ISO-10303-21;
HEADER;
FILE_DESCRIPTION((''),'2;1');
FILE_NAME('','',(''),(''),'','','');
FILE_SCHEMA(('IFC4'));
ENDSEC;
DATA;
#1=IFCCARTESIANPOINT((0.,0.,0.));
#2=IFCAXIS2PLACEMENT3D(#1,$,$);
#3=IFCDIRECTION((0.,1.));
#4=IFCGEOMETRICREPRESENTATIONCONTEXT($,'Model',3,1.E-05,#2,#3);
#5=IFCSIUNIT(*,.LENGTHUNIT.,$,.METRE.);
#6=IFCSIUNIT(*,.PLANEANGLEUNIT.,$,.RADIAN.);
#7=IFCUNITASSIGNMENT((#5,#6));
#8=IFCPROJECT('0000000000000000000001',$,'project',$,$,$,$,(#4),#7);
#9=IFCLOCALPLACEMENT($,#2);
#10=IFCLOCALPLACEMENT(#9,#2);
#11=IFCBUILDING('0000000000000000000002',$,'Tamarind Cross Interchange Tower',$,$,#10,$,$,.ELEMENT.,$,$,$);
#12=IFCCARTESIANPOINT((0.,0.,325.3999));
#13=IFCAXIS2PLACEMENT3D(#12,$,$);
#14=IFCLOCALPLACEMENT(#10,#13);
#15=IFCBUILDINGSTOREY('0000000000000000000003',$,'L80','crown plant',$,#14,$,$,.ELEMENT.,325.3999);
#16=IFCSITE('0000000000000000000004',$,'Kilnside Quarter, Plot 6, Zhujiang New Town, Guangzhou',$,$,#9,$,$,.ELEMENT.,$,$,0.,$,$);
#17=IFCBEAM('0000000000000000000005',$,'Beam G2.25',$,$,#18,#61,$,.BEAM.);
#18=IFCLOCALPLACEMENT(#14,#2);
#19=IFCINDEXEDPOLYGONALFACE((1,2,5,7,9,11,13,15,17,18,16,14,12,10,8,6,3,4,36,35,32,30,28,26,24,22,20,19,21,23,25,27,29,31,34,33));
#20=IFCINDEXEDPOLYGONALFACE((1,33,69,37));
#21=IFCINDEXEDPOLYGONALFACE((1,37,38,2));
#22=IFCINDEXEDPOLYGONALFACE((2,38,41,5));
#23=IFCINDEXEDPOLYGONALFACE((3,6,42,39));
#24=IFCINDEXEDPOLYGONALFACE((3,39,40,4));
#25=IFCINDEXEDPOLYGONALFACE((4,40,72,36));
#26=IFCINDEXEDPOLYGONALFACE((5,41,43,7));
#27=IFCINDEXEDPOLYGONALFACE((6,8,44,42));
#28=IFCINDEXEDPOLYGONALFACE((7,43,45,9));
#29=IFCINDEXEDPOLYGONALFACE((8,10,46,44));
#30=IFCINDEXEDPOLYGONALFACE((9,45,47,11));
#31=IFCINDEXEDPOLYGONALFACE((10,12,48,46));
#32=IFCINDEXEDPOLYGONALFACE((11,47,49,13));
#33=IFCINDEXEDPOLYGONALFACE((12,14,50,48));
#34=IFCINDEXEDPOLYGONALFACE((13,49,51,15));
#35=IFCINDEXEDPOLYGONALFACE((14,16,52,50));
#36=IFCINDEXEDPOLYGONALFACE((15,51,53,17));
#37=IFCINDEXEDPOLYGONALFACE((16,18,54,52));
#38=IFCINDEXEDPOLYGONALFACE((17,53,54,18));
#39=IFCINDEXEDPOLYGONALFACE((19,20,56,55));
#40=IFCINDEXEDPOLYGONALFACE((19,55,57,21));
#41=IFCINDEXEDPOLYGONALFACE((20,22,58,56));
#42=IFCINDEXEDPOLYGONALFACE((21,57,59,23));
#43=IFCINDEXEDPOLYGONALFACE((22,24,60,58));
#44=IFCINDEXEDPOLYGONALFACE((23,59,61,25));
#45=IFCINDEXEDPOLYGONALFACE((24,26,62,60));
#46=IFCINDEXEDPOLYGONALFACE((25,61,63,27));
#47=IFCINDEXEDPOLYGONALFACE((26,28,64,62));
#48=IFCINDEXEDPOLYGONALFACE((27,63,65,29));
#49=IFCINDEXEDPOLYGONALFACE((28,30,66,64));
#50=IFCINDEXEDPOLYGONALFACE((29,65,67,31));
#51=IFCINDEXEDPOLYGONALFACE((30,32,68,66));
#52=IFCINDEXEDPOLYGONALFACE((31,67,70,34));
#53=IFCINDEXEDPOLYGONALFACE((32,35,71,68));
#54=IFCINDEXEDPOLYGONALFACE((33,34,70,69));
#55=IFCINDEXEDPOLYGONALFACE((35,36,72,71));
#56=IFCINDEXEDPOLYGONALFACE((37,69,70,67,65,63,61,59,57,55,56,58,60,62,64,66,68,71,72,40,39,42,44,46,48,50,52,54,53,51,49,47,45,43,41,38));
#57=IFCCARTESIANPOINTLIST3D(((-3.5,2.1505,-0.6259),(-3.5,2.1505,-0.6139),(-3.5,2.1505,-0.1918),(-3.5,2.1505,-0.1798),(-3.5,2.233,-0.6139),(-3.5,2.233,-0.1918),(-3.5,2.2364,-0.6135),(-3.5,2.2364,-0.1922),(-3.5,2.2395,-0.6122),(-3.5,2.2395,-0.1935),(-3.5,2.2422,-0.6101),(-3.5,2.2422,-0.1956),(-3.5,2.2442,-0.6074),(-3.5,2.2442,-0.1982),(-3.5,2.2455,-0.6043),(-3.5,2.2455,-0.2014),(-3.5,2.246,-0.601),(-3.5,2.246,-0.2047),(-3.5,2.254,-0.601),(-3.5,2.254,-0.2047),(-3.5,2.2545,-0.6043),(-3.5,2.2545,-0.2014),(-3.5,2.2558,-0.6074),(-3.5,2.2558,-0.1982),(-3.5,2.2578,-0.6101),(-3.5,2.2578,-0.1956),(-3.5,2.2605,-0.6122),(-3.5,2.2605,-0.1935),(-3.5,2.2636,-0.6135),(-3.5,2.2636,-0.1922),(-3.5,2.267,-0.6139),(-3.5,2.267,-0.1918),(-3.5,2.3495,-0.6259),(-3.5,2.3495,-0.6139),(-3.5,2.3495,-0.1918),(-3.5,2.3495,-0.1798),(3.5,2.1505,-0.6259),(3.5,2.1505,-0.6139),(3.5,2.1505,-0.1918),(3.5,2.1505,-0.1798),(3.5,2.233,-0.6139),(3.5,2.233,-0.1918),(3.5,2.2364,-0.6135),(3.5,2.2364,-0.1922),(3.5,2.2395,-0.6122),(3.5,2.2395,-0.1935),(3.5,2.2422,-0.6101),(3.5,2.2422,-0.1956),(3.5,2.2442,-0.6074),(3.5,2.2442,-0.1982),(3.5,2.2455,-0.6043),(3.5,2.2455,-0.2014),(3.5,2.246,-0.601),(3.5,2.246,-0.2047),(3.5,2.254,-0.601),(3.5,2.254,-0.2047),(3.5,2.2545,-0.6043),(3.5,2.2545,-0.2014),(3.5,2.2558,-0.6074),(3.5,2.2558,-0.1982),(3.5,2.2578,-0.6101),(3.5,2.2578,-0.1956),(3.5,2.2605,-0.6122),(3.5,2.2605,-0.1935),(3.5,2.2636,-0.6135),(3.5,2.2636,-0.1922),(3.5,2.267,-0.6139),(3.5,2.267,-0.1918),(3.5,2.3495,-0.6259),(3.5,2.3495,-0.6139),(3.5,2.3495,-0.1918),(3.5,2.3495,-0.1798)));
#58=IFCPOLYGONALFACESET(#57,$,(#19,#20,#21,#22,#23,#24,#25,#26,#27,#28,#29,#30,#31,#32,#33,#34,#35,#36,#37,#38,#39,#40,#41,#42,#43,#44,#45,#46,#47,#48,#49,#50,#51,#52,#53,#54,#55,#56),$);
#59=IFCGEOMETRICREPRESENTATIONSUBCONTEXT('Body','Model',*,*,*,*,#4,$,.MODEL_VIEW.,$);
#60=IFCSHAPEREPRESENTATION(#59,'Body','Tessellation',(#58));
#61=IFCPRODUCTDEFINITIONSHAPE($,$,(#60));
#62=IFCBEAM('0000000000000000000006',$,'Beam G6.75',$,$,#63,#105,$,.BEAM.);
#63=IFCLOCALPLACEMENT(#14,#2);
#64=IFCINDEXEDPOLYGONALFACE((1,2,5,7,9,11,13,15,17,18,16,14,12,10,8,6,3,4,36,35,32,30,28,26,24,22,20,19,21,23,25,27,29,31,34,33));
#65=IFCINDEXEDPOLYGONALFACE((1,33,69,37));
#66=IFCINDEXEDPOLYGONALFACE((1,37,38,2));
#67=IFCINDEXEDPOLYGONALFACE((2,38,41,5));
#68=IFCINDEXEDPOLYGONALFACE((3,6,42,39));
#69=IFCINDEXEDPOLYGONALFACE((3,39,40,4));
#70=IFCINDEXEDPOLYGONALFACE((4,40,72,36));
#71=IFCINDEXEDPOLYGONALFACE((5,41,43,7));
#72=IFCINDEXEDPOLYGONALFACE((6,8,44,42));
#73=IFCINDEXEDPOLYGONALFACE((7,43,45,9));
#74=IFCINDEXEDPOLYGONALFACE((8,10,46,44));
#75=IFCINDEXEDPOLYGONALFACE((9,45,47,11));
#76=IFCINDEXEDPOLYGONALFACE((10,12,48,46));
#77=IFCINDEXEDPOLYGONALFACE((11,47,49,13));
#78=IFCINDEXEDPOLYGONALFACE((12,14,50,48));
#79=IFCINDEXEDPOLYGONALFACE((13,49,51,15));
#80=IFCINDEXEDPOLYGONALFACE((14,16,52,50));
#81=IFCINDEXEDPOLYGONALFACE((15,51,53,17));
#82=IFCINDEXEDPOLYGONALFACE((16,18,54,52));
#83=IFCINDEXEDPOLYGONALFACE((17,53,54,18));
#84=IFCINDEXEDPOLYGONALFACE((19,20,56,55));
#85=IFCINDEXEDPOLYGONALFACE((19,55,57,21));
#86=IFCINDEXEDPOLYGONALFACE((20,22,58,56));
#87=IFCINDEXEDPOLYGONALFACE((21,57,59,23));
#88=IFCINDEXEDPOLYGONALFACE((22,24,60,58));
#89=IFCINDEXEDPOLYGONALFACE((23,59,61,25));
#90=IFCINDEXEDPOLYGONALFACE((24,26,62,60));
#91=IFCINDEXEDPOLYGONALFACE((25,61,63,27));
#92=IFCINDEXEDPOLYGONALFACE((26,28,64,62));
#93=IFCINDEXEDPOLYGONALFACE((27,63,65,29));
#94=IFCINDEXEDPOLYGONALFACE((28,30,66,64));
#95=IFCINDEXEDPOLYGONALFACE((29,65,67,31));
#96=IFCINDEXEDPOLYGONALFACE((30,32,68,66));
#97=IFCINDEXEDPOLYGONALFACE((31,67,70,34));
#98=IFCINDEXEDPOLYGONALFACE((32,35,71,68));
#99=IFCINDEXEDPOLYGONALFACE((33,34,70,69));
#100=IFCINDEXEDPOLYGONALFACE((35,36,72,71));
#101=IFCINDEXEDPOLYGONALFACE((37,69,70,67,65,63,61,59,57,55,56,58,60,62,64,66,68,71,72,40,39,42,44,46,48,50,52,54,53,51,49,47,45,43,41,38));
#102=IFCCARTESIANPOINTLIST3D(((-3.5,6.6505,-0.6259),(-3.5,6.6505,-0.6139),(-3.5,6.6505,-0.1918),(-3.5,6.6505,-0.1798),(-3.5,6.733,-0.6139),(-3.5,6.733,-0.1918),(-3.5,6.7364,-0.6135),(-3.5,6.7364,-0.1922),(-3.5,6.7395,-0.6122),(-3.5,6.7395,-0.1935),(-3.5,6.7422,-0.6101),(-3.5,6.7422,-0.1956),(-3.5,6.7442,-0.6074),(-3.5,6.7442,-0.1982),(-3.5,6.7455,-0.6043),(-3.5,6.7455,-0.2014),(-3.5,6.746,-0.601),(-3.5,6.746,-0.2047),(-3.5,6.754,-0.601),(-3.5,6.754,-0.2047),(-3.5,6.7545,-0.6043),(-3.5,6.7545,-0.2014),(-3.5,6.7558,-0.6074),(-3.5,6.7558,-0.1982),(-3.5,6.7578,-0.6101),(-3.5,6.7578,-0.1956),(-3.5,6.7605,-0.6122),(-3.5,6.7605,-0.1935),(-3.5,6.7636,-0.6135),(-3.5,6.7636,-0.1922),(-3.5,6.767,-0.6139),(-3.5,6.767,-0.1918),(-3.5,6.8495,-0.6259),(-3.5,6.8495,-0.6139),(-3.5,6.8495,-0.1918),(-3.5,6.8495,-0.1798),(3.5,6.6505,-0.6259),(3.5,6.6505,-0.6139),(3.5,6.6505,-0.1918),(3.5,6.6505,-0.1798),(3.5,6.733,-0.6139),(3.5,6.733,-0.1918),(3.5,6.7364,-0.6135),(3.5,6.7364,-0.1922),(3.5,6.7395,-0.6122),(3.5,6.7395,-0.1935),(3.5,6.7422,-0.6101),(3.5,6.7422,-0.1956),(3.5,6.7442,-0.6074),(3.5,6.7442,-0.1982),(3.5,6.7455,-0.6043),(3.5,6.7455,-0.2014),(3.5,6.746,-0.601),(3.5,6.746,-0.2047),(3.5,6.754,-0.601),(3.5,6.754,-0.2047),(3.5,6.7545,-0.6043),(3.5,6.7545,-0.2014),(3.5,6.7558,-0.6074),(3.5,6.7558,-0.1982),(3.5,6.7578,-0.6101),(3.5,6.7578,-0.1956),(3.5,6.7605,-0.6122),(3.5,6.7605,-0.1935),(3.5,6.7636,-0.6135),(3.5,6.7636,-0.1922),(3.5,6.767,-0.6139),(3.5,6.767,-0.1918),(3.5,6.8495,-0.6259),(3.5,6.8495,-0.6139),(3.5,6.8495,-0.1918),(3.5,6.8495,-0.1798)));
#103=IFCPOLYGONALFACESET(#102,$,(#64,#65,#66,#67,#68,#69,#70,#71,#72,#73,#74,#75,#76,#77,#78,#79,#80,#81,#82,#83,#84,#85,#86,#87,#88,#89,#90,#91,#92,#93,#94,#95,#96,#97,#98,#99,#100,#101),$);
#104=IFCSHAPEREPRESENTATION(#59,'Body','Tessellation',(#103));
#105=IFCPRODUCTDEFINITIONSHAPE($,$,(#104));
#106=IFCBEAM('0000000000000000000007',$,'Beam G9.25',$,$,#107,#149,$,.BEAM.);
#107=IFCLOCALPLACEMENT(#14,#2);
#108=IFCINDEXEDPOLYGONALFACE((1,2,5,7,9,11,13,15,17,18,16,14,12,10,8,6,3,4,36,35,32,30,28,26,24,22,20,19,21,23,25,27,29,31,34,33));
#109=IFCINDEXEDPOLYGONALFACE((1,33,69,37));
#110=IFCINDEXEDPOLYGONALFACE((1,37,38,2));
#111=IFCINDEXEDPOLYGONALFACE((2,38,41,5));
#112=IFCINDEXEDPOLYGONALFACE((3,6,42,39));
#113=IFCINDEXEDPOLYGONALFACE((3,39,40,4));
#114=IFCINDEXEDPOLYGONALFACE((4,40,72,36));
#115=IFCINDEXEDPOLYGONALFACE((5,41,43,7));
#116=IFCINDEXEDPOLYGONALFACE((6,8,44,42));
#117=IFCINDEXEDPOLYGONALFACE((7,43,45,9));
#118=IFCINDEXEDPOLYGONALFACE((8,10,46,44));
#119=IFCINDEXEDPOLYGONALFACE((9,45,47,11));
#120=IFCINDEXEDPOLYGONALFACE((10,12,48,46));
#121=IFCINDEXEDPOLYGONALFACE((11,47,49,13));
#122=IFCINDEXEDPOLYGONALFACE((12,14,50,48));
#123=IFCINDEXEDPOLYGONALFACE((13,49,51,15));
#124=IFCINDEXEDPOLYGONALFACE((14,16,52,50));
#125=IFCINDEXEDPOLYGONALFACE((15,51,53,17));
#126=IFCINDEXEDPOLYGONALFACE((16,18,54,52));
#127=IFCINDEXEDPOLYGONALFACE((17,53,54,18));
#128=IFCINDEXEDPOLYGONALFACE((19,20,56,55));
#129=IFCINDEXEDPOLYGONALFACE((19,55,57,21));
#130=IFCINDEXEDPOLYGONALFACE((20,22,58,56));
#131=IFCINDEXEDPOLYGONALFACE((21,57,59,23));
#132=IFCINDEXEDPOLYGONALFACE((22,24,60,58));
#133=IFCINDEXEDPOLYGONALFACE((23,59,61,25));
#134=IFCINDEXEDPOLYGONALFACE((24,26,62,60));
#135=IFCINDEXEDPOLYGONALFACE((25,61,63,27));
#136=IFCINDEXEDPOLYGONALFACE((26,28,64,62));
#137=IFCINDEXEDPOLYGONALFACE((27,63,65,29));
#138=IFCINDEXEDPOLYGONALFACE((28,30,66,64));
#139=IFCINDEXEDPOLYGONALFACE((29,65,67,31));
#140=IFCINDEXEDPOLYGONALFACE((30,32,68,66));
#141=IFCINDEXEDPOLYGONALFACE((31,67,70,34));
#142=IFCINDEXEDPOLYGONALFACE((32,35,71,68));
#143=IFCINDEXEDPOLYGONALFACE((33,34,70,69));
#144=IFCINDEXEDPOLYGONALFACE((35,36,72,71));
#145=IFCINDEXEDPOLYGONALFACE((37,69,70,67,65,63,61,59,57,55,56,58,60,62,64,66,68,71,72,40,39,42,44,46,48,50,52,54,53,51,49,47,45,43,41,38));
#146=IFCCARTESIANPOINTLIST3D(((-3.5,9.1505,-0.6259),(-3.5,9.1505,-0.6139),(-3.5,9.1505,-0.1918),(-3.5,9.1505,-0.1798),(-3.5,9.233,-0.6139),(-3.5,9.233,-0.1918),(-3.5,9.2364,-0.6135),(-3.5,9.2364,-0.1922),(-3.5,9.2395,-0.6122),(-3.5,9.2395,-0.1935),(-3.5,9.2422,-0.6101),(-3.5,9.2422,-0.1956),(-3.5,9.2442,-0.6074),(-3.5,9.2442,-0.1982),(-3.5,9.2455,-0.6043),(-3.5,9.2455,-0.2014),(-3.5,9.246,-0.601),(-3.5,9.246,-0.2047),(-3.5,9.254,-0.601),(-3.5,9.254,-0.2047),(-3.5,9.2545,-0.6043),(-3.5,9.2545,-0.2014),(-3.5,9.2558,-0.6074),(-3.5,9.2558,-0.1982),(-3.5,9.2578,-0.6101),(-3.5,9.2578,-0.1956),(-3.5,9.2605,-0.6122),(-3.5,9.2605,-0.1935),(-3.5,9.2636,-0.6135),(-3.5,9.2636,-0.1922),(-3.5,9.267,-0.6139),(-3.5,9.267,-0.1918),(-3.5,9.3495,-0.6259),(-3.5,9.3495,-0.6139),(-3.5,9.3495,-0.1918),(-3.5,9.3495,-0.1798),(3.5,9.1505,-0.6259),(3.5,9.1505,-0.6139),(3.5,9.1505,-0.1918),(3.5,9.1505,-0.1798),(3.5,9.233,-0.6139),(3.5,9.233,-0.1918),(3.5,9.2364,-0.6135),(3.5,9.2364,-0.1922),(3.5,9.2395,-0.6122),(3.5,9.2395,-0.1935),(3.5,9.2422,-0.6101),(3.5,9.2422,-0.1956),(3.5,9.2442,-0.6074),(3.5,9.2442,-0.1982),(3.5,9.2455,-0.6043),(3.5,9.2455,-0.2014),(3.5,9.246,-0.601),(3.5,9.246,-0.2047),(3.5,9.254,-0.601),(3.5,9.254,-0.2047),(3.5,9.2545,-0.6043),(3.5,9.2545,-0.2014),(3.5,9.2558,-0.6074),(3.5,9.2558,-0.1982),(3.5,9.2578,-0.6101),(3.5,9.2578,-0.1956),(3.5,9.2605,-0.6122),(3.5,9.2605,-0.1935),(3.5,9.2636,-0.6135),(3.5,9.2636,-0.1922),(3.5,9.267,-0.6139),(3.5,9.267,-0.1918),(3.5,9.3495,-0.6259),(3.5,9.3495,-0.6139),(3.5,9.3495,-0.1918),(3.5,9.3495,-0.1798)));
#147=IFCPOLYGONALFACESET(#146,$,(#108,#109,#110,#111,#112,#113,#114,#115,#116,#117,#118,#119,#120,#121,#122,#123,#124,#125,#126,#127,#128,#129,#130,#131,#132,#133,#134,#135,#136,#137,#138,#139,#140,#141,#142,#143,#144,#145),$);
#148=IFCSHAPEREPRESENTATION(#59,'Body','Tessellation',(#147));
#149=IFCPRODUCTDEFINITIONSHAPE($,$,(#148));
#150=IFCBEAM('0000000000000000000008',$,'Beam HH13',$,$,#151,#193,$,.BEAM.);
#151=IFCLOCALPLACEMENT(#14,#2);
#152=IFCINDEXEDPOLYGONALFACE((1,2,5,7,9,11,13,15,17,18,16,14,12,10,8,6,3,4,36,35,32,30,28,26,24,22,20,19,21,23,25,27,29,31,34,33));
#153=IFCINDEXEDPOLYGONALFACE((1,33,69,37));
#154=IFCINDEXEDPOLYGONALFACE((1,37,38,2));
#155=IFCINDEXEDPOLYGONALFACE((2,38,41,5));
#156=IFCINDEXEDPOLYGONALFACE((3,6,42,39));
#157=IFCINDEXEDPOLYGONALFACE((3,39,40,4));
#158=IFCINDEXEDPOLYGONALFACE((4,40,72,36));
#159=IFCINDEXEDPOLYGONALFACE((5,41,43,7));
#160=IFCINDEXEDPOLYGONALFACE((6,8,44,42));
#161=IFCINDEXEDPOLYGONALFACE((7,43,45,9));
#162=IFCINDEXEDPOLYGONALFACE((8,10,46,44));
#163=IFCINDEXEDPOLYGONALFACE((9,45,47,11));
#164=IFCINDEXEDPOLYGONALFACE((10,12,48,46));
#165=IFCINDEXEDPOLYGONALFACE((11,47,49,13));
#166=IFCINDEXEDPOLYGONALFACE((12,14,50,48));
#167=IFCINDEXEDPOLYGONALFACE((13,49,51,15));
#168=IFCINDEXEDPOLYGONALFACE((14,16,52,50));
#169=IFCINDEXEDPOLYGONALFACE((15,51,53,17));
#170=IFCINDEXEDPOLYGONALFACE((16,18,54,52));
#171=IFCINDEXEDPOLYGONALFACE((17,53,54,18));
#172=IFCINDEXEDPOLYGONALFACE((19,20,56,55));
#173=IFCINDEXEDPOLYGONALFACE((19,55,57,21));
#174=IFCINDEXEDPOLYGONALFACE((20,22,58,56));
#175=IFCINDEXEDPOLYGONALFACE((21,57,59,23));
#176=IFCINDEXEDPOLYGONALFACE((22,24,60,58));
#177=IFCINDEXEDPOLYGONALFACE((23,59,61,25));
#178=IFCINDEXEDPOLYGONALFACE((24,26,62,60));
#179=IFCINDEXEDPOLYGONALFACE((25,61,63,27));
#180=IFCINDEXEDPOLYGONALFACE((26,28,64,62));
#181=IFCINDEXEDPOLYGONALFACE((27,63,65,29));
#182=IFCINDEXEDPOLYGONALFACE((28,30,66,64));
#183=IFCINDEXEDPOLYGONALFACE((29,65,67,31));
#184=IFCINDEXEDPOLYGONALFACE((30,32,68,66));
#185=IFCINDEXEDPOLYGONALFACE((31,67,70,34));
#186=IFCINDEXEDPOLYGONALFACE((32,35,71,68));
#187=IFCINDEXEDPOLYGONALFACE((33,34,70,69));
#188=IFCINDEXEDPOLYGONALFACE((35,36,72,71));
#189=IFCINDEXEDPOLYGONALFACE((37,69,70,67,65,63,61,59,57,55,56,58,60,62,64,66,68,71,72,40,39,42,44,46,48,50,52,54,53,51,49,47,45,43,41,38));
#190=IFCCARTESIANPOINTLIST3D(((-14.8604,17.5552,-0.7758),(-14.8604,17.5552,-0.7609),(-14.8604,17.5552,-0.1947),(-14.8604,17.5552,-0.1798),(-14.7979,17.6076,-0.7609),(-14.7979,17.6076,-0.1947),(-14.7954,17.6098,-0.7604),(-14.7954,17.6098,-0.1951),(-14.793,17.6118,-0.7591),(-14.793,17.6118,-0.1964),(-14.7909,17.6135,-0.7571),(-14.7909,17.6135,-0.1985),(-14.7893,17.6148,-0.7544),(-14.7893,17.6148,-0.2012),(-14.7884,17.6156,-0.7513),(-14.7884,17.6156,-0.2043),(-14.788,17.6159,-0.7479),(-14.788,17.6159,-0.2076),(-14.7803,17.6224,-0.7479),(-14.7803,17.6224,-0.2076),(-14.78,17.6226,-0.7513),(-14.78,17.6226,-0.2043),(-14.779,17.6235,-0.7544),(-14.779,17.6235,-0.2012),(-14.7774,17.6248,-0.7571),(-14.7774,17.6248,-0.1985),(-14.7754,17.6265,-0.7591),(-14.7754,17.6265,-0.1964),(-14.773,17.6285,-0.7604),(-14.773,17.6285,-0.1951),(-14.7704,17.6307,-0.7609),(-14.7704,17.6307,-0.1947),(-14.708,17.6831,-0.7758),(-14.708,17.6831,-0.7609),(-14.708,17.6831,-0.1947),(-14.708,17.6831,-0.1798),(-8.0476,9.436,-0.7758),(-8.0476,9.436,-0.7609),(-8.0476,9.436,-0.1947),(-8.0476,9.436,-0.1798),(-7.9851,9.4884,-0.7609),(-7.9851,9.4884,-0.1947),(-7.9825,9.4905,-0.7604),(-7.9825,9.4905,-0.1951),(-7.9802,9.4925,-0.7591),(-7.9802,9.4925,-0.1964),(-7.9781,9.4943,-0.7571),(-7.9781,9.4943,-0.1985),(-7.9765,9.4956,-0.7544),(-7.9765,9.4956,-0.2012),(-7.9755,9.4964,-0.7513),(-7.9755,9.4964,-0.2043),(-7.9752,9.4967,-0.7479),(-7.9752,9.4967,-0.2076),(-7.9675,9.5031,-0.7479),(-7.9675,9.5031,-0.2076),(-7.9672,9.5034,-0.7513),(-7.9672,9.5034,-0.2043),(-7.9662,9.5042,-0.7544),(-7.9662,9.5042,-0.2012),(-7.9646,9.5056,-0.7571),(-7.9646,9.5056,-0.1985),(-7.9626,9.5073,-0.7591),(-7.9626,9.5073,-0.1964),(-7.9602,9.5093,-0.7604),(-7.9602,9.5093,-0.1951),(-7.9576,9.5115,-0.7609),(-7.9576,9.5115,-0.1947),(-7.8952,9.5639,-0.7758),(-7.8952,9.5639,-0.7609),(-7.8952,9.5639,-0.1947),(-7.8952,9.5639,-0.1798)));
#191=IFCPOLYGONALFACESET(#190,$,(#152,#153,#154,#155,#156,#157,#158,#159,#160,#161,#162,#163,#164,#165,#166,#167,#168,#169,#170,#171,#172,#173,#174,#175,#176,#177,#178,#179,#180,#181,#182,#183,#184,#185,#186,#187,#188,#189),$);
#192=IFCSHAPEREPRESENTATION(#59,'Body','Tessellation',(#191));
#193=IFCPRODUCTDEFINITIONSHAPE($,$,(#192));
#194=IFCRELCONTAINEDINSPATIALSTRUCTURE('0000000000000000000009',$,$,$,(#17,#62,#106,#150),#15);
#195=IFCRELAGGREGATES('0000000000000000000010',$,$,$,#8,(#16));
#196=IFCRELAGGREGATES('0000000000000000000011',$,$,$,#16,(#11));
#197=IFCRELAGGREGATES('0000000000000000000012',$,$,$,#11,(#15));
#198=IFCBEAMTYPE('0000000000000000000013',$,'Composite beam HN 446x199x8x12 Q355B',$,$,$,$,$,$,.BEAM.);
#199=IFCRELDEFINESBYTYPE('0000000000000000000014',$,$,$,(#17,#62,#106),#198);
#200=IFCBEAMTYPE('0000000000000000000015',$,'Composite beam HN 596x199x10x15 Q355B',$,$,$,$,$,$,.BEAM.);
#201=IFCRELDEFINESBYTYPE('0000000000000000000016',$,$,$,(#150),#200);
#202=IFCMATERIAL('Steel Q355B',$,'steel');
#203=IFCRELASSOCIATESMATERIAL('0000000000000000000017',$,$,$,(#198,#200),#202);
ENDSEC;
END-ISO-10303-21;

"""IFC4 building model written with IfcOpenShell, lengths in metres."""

from ifc_helpers import new_model, si_unit, direction, frame, origin, origin_2d, place, context, subcontext, project, spatial, i_section, extrude, material, material_profile, profile_set, type_object, element, save


model = new_model("IFC4")

# Units and contexts
model_context = context("Model", 3, precision=1e-05, world=origin(), true_north=direction((0.0, 1.0)))
body_context = subcontext(model_context, "Body", "Model", "MODEL_VIEW")
ifc_project = project(units=[si_unit("LENGTHUNIT", "METRE"), si_unit("PLANEANGLEUNIT", "RADIAN")], contexts=[model_context])

# Site, building, storey
site_placement = place(None, origin())
site = spatial("IfcSite", under=ifc_project, at=site_placement, Name="Kilnside Quarter, Plot 6, Zhujiang New Town, Guangzhou", CompositionType="ELEMENT", RefElevation=0.0)
building_placement = place(site_placement, origin())
building = spatial("IfcBuilding", under=site, at=building_placement, Name="Tamarind Cross Interchange Tower", CompositionType="ELEMENT")
storey_placement = place(building_placement, frame((0.0, 0.0, 325.3999)))
storey = spatial("IfcBuildingStorey", under=building, at=storey_placement, Name="L80", Description="crown plant", CompositionType="ELEMENT", Elevation=325.3999)

# Beams
ifc_material_1 = material(Name="Steel Q355B", Category="steel")
ifc_material_profile_1 = material_profile(ifc_material_1, i_section(OverallWidth=0.199, OverallDepth=0.446, WebThickness=0.0081, FlangeThickness=0.012, FilletRadius=0.0129, at=origin_2d()), Name="HN 446x199x8x12")
ifc_profile_set_1 = profile_set([ifc_material_profile_1], Name="Steel Q355B")
beam_type_1 = type_object("IfcBeamType", Name="Composite beam HN 446x199x8x12 Q355B", PredefinedType="BEAM", material=ifc_profile_set_1)
for number, where, z_axis, x_axis, name in (
    (1, (-3.5, 2.25, -0.4028), (1.0, 0.0, 0.0), (0.0, 1.0, 0.0), "Beam G2.25"),
    (2, (-3.5, 6.75, -0.4028), (1.0, 0.0, 0.0), (0.0, 1.0, 0.0), "Beam G6.75"),
    (3, (-3.5, 9.25, -0.4028), (1.0, 0.0, 0.0), (0.0, 1.0, 0.0), "Beam G9.25"),
):
    element("IfcBeam", number, at=place(storey_placement, frame(where, z_axis=z_axis, x_axis=x_axis)), inside=storey, type_object=beam_type_1, Name=name, PredefinedType="BEAM", context=body_context, shape_type="SweptSolid", body=[
        extrude(i_section(OverallWidth=0.199, OverallDepth=0.446, WebThickness=0.0081, FlangeThickness=0.012, FilletRadius=0.0129, at=origin_2d()), origin(), (0.0, 0.0, 1.0), 7.0),
    ])
ifc_material_profile_2 = material_profile(ifc_material_1, i_section(OverallWidth=0.199, OverallDepth=0.5959, WebThickness=0.01, FlangeThickness=0.0149, FilletRadius=0.0129, at=origin_2d()), Name="HN 596x199x10x15")
ifc_profile_set_2 = profile_set([ifc_material_profile_2], Name="Steel Q355B")
beam_type_2 = type_object("IfcBeamType", Name="Composite beam HN 596x199x10x15 Q355B", PredefinedType="BEAM", material=ifc_profile_set_2)
beam_1_placement = place(storey_placement, frame((-14.7842, 17.6191, -0.4778), z_axis=(0.642786, -0.766046, 0.0), x_axis=(0.766046, 0.642786, 0.0)))
element("IfcBeam", 4, at=beam_1_placement, inside=storey, type_object=beam_type_2, Name="Beam HH13", PredefinedType="BEAM", context=body_context, shape_type="SweptSolid", body=[
    extrude(i_section(OverallWidth=0.199, OverallDepth=0.5959, WebThickness=0.01, FlangeThickness=0.0149, FilletRadius=0.0129, at=origin_2d()), origin(), (0.0, 0.0, 1.0), 10.5989),
])

save(model, "model.ifc")
